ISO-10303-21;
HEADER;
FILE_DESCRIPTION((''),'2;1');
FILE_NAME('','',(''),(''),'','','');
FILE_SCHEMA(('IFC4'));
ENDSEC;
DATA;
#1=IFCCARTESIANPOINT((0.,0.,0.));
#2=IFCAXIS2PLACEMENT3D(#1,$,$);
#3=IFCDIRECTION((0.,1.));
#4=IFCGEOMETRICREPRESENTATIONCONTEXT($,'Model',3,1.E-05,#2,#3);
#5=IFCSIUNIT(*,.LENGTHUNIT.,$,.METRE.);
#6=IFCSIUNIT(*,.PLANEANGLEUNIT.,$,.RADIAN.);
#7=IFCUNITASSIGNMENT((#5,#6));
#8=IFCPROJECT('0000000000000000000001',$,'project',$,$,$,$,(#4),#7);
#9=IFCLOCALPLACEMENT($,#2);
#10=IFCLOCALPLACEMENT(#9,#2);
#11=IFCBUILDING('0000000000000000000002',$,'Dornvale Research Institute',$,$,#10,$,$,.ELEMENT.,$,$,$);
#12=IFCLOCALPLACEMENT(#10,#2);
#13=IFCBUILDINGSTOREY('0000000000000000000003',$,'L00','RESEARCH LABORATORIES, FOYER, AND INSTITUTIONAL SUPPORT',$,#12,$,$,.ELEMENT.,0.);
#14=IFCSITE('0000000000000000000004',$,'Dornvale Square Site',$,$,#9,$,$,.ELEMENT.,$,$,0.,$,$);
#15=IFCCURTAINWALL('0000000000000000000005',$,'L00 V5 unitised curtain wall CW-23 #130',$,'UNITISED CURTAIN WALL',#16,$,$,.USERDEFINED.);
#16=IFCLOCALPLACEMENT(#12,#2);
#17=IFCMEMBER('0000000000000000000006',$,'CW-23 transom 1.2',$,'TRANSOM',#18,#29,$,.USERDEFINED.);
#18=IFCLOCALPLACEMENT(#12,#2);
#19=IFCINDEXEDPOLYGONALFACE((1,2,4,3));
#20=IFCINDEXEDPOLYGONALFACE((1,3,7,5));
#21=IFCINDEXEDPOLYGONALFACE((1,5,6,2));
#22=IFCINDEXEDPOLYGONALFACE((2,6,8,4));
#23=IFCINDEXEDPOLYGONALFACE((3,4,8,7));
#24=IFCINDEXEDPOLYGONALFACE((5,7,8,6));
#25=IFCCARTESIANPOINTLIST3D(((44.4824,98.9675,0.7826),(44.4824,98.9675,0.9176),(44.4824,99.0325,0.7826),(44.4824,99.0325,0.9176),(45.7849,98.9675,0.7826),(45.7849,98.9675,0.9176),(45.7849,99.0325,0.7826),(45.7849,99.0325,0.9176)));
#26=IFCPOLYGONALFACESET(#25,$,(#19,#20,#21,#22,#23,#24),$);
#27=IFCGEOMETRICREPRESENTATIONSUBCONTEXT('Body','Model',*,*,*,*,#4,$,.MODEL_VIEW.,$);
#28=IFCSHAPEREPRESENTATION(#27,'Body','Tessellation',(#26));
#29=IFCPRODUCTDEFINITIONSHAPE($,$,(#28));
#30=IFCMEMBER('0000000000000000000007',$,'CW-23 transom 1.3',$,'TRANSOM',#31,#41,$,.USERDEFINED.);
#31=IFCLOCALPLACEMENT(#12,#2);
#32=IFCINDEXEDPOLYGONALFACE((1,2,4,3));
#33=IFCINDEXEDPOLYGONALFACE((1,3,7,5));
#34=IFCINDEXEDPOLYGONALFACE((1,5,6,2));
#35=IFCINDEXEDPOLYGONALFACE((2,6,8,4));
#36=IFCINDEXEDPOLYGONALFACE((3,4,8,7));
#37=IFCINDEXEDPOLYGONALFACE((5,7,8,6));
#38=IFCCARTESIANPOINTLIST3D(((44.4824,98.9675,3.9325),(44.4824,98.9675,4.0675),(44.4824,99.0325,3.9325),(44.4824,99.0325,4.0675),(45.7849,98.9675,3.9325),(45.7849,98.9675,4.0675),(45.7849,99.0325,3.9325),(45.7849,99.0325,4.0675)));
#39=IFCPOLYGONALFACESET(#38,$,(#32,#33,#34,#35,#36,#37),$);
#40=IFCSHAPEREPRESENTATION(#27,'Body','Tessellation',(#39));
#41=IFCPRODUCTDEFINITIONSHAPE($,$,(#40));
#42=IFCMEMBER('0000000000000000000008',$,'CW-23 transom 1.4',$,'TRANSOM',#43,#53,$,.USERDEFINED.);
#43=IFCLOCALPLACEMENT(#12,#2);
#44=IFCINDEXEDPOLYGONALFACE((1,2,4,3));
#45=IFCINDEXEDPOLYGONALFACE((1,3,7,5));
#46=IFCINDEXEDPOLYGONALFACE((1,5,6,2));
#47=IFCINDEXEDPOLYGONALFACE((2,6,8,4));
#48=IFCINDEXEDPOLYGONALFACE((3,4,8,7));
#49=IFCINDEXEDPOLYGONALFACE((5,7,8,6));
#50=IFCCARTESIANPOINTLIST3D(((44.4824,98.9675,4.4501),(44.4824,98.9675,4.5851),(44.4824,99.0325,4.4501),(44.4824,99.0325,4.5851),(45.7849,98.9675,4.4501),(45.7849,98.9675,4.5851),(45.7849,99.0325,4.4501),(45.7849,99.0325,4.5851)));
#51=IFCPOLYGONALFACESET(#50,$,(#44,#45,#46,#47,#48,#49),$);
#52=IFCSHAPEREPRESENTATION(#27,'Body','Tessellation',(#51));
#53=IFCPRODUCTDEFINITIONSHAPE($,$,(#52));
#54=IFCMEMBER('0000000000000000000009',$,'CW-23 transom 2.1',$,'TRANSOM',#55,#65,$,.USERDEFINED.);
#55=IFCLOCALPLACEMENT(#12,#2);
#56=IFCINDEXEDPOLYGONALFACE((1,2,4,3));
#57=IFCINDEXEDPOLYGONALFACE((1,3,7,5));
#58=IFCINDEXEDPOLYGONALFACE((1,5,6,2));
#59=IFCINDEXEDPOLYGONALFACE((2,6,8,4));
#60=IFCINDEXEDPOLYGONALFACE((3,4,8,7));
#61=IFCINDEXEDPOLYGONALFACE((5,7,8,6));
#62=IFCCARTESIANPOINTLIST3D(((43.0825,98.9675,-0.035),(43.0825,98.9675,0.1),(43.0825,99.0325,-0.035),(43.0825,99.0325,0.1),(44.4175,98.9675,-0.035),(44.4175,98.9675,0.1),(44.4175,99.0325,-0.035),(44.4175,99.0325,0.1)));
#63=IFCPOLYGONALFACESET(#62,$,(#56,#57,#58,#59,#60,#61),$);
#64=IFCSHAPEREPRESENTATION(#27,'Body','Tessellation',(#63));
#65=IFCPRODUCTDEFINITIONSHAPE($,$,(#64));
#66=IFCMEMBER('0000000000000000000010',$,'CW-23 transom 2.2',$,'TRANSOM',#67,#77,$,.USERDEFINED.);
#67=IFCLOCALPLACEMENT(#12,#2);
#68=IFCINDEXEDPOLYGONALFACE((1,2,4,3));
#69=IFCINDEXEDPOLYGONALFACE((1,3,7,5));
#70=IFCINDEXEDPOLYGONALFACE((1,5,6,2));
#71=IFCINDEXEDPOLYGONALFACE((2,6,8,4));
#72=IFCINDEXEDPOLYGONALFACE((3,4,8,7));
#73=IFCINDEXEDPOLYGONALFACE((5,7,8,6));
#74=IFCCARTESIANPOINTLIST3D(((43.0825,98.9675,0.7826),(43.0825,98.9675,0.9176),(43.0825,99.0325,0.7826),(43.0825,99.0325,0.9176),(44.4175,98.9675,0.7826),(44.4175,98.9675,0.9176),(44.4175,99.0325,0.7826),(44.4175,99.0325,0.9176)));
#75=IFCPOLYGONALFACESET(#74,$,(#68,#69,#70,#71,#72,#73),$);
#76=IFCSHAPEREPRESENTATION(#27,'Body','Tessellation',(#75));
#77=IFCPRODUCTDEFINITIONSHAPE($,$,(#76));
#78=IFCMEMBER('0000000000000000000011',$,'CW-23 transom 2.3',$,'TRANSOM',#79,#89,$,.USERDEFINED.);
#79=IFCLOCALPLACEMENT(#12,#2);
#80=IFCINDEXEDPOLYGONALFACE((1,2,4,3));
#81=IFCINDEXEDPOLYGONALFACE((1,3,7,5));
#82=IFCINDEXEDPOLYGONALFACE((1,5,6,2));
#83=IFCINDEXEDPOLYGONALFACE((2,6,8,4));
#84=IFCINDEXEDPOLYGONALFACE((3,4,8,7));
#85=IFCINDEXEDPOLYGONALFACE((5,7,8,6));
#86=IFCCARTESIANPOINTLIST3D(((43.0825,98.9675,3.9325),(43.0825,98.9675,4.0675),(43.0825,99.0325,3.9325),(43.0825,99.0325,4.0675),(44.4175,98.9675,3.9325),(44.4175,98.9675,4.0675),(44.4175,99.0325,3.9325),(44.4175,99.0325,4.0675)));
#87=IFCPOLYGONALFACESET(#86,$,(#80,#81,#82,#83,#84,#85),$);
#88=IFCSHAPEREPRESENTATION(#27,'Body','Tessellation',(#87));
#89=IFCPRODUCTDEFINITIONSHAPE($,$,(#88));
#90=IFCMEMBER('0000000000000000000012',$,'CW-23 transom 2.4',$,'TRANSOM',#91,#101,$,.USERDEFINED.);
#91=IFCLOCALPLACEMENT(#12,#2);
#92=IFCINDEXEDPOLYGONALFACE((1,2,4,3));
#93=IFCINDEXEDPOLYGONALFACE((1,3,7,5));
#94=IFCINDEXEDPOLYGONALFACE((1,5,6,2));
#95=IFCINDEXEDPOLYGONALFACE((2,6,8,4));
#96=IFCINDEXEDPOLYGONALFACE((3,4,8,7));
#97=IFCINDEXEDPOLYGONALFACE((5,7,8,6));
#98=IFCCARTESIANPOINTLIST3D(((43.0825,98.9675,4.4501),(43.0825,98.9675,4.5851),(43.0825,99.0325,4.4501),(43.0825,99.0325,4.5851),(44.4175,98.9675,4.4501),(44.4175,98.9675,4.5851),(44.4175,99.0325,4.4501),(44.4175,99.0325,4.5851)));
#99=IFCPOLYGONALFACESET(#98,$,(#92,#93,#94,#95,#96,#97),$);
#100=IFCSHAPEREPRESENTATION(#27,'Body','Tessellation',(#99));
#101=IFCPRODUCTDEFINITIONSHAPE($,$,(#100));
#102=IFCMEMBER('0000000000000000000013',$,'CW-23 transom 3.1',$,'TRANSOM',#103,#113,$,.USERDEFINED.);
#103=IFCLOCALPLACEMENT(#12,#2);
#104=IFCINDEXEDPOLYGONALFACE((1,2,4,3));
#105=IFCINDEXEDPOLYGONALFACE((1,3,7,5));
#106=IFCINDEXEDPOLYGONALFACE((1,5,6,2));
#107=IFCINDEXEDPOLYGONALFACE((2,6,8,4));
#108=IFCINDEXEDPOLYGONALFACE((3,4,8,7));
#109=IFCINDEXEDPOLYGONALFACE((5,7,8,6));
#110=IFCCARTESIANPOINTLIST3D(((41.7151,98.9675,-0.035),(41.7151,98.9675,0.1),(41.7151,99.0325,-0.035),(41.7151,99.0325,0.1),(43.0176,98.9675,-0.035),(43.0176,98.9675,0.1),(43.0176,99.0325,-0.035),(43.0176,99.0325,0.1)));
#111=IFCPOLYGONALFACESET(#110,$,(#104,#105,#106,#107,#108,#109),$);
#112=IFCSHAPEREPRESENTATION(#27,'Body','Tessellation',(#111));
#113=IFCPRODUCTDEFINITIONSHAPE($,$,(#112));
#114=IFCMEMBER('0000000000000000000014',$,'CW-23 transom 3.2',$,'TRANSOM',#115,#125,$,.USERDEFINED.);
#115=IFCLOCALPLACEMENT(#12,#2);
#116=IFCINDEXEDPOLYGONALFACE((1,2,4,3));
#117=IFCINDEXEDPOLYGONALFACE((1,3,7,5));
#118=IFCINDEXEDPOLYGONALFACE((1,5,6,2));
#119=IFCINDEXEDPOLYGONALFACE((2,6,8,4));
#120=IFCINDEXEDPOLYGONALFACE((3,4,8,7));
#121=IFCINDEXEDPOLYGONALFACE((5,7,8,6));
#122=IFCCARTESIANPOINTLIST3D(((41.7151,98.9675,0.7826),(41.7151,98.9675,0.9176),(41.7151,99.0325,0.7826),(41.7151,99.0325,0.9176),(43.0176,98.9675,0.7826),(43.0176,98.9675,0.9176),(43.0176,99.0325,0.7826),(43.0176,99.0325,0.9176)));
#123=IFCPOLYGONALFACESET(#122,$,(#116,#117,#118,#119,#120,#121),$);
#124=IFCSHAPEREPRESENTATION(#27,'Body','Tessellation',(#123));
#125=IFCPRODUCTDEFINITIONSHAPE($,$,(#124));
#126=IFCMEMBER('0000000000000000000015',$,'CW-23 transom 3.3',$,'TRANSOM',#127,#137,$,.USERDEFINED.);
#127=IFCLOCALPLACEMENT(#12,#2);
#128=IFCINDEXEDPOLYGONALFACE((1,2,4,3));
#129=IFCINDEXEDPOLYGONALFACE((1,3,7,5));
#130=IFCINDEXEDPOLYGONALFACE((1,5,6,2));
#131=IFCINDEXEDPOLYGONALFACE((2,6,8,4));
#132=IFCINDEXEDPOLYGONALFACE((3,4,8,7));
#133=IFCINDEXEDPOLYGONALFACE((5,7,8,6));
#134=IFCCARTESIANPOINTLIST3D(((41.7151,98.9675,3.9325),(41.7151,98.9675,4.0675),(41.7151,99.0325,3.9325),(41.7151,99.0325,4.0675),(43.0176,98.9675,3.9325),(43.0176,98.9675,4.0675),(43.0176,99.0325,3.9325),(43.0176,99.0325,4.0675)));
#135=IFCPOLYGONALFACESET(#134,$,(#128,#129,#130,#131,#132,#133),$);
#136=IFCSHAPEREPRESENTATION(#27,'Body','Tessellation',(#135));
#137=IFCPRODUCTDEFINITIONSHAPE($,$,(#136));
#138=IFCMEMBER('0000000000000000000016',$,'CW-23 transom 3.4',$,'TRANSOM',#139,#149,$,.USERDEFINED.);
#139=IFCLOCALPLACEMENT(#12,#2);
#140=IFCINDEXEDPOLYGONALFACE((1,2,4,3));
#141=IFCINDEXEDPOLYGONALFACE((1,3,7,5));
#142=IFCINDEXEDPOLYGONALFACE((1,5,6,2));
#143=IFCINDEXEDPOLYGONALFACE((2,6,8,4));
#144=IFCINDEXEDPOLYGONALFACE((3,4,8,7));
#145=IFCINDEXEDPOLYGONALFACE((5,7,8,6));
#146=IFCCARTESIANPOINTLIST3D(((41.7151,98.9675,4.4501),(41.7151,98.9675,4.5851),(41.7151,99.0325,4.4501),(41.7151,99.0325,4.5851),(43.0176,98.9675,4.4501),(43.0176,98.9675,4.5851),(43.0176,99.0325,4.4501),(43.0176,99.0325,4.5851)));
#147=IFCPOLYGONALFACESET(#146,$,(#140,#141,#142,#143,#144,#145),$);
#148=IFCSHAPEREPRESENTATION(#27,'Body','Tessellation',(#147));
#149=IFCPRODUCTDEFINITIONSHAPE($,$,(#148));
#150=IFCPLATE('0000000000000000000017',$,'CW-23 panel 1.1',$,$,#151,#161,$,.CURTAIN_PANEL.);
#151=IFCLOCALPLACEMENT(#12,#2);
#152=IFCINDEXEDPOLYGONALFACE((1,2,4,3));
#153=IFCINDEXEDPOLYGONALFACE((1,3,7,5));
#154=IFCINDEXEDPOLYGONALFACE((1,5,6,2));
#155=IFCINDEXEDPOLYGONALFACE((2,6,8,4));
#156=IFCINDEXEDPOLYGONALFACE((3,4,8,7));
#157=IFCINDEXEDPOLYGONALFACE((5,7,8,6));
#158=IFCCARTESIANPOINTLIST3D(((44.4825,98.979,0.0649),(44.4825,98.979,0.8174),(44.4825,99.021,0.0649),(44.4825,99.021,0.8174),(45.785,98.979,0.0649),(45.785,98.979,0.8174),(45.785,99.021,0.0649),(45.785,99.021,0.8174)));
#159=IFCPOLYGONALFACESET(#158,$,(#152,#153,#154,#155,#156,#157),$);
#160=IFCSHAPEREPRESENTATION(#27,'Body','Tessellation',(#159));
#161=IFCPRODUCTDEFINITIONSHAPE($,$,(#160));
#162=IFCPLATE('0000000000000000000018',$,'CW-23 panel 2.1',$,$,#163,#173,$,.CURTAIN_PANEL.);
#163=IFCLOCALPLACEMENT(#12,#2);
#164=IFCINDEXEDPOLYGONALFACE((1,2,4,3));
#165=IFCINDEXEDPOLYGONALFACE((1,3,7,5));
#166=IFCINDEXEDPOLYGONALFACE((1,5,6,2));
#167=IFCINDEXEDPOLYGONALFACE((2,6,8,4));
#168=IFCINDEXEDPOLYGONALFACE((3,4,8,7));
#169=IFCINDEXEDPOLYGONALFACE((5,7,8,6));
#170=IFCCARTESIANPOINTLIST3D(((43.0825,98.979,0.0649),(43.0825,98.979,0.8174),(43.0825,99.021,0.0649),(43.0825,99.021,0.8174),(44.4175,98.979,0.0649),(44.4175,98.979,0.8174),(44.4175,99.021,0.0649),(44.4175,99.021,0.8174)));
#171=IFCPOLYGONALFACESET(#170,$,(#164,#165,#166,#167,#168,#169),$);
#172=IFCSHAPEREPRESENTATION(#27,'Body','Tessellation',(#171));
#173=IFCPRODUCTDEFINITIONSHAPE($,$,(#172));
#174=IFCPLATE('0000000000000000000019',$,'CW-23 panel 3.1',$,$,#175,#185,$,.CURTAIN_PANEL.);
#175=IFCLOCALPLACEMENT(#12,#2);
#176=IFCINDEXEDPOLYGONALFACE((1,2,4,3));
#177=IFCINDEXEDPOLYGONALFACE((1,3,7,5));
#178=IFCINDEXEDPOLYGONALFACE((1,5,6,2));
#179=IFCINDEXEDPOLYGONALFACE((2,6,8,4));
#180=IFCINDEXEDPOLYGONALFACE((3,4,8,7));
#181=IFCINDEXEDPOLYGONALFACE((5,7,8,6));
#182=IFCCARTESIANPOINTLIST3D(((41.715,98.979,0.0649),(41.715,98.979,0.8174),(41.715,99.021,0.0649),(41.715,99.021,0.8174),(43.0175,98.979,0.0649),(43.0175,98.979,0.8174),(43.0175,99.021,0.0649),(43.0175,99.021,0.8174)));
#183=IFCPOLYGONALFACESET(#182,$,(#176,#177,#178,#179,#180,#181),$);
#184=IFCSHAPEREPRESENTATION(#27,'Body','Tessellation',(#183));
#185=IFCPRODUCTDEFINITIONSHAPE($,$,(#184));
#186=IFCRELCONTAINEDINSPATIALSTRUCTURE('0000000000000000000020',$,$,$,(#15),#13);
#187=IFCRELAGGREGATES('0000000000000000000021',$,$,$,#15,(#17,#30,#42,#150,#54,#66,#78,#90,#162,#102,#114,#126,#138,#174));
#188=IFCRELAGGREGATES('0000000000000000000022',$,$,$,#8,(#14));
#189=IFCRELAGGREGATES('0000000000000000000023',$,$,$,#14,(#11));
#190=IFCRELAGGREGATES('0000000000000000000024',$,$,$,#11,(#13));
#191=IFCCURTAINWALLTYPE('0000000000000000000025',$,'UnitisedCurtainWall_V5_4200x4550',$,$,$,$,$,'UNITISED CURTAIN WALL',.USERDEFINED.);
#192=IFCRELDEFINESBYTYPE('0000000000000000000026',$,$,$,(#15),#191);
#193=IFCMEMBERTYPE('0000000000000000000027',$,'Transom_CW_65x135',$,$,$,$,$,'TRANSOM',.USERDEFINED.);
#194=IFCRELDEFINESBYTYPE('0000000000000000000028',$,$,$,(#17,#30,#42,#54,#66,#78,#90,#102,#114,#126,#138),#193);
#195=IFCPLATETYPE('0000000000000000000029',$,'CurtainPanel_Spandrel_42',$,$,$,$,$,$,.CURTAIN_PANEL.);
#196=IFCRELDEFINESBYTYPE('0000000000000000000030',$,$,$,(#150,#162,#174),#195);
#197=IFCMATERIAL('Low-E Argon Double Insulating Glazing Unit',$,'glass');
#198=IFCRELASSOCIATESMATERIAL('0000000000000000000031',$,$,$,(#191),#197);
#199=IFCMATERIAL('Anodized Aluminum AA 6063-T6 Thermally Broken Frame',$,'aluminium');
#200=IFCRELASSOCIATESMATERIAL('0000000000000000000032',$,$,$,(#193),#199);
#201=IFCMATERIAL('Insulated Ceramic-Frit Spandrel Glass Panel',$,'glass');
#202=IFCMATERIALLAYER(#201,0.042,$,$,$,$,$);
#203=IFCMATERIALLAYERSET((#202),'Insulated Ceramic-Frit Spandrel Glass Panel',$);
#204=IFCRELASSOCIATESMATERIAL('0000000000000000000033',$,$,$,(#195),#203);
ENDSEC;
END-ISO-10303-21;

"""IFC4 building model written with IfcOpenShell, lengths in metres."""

from ifc_helpers import new_model, si_unit, direction, frame, origin, origin_2d, place, context, subcontext, project, spatial, rectangle, extrude, material, layer, layer_set, material_profile, profile_set, type_object, element, aggregate, save


model = new_model("IFC4")

# Units and contexts
model_context = context("Model", 3, precision=1e-05, world=origin(), true_north=direction((0.0, 1.0)))
body_context = subcontext(model_context, "Body", "Model", "MODEL_VIEW")
ifc_project = project(units=[si_unit("LENGTHUNIT", "METRE"), si_unit("PLANEANGLEUNIT", "RADIAN")], contexts=[model_context])

# Site, building, storey
site_placement = place(None, origin())
site = spatial("IfcSite", under=ifc_project, at=site_placement, Name="Dornvale Square Site", CompositionType="ELEMENT", RefElevation=0.0)
building_placement = place(site_placement, origin())
building = spatial("IfcBuilding", under=site, at=building_placement, Name="Dornvale Research Institute", CompositionType="ELEMENT")
storey_placement = place(building_placement, origin())
storey = spatial("IfcBuildingStorey", under=building, at=storey_placement, Name="L00", Description="RESEARCH LABORATORIES, FOYER, AND INSTITUTIONAL SUPPORT", CompositionType="ELEMENT", Elevation=0.0)

# Curtain wall, members, plates
ifc_material_1 = material(Name="Low-E Argon Double Insulating Glazing Unit", Category="glass")
curtain_wall_type = type_object("IfcCurtainWallType", Name="UnitisedCurtainWall_V5_4200x4550", ElementType="UNITISED CURTAIN WALL", PredefinedType="USERDEFINED", material=ifc_material_1)
curtain_wall_placement = place(storey_placement, origin())
curtain_wall = element("IfcCurtainWall", 1, at=curtain_wall_placement, inside=storey, type_object=curtain_wall_type, Name="L00 V5 unitised curtain wall CW-23 #130", ObjectType="UNITISED CURTAIN WALL", PredefinedType="USERDEFINED")
ifc_material_2 = material(Name="Anodized Aluminum AA 6063-T6 Thermally Broken Frame", Category="aluminium")
ifc_material_profile_1 = material_profile(ifc_material_2, rectangle(XDim=0.0649, YDim=0.135, at=origin_2d()), Name="ALU TRANSOM 65x135")
ifc_profile_set_1 = profile_set([ifc_material_profile_1], Name="Anodized Aluminum AA 6063-T6 Thermally Broken Frame")
member_type_1 = type_object("IfcMemberType", Name="Transom_CW_65x135", ElementType="TRANSOM", PredefinedType="USERDEFINED", material=ifc_profile_set_1)
member_1_placement = place(storey_placement, frame((45.7849, 99.0, 0.8501), z_axis=(-1.0, 0.0, 0.0), x_axis=(0.0, -1.0, 0.0)))
member_1 = element("IfcMember", 2, at=member_1_placement, type_object=member_type_1, Name="CW-23 transom 1.2", ObjectType="TRANSOM", PredefinedType="USERDEFINED", context=body_context, shape_type="SweptSolid", body=[
    extrude(rectangle(XDim=0.0649, YDim=0.135, at=origin_2d()), origin(), (0.0, 0.0, 1.0), 1.3025),
])
member_2_placement = place(storey_placement, frame((45.7849, 99.0, 4.0), z_axis=(-1.0, 0.0, 0.0), x_axis=(0.0, -1.0, 0.0)))
member_2 = element("IfcMember", 3, at=member_2_placement, type_object=member_type_1, Name="CW-23 transom 1.3", ObjectType="TRANSOM", PredefinedType="USERDEFINED", context=body_context, shape_type="SweptSolid", body=[
    extrude(rectangle(XDim=0.0649, YDim=0.135, at=origin_2d()), origin(), (0.0, 0.0, 1.0), 1.3025),
])
member_3_placement = place(storey_placement, frame((45.7849, 99.0, 4.5176), z_axis=(-1.0, 0.0, 0.0), x_axis=(0.0, -1.0, 0.0)))
member_3 = element("IfcMember", 4, at=member_3_placement, type_object=member_type_1, Name="CW-23 transom 1.4", ObjectType="TRANSOM", PredefinedType="USERDEFINED", context=body_context, shape_type="SweptSolid", body=[
    extrude(rectangle(XDim=0.0649, YDim=0.135, at=origin_2d()), origin(), (0.0, 0.0, 1.0), 1.3025),
])
member_4_placement = place(storey_placement, frame((44.4175, 99.0, 0.0325), z_axis=(-1.0, 0.0, 0.0), x_axis=(0.0, -1.0, 0.0)))
member_4 = element("IfcMember", 5, at=member_4_placement, type_object=member_type_1, Name="CW-23 transom 2.1", ObjectType="TRANSOM", PredefinedType="USERDEFINED", context=body_context, shape_type="SweptSolid", body=[
    extrude(rectangle(XDim=0.0649, YDim=0.135, at=origin_2d()), origin(), (0.0, 0.0, 1.0), 1.335),
])
member_5_placement = place(storey_placement, frame((44.4175, 99.0, 0.8501), z_axis=(-1.0, 0.0, 0.0), x_axis=(0.0, -1.0, 0.0)))
member_5 = element("IfcMember", 6, at=member_5_placement, type_object=member_type_1, Name="CW-23 transom 2.2", ObjectType="TRANSOM", PredefinedType="USERDEFINED", context=body_context, shape_type="SweptSolid", body=[
    extrude(rectangle(XDim=0.0649, YDim=0.135, at=origin_2d()), origin(), (0.0, 0.0, 1.0), 1.335),
])
member_6_placement = place(storey_placement, frame((44.4175, 99.0, 4.0), z_axis=(-1.0, 0.0, 0.0), x_axis=(0.0, -1.0, 0.0)))
member_6 = element("IfcMember", 7, at=member_6_placement, type_object=member_type_1, Name="CW-23 transom 2.3", ObjectType="TRANSOM", PredefinedType="USERDEFINED", context=body_context, shape_type="SweptSolid", body=[
    extrude(rectangle(XDim=0.0649, YDim=0.135, at=origin_2d()), origin(), (0.0, 0.0, 1.0), 1.335),
])
member_7_placement = place(storey_placement, frame((44.4175, 99.0, 4.5176), z_axis=(-1.0, 0.0, 0.0), x_axis=(0.0, -1.0, 0.0)))
member_7 = element("IfcMember", 8, at=member_7_placement, type_object=member_type_1, Name="CW-23 transom 2.4", ObjectType="TRANSOM", PredefinedType="USERDEFINED", context=body_context, shape_type="SweptSolid", body=[
    extrude(rectangle(XDim=0.0649, YDim=0.135, at=origin_2d()), origin(), (0.0, 0.0, 1.0), 1.335),
])
member_8_placement = place(storey_placement, frame((43.0176, 99.0, 0.0325), z_axis=(-1.0, 0.0, 0.0), x_axis=(0.0, -1.0, 0.0)))
member_8 = element("IfcMember", 9, at=member_8_placement, type_object=member_type_1, Name="CW-23 transom 3.1", ObjectType="TRANSOM", PredefinedType="USERDEFINED", context=body_context, shape_type="SweptSolid", body=[
    extrude(rectangle(XDim=0.0649, YDim=0.135, at=origin_2d()), origin(), (0.0, 0.0, 1.0), 1.3025),
])
member_9_placement = place(storey_placement, frame((43.0176, 99.0, 0.8501), z_axis=(-1.0, 0.0, 0.0), x_axis=(0.0, -1.0, 0.0)))
member_9 = element("IfcMember", 10, at=member_9_placement, type_object=member_type_1, Name="CW-23 transom 3.2", ObjectType="TRANSOM", PredefinedType="USERDEFINED", context=body_context, shape_type="SweptSolid", body=[
    extrude(rectangle(XDim=0.0649, YDim=0.135, at=origin_2d()), origin(), (0.0, 0.0, 1.0), 1.3025),
])
member_10_placement = place(storey_placement, frame((43.0176, 99.0, 4.0), z_axis=(-1.0, 0.0, 0.0), x_axis=(0.0, -1.0, 0.0)))
member_10 = element("IfcMember", 11, at=member_10_placement, type_object=member_type_1, Name="CW-23 transom 3.3", ObjectType="TRANSOM", PredefinedType="USERDEFINED", context=body_context, shape_type="SweptSolid", body=[
    extrude(rectangle(XDim=0.0649, YDim=0.135, at=origin_2d()), origin(), (0.0, 0.0, 1.0), 1.3025),
])
member_11_placement = place(storey_placement, frame((43.0176, 99.0, 4.5176), z_axis=(-1.0, 0.0, 0.0), x_axis=(0.0, -1.0, 0.0)))
member_11 = element("IfcMember", 12, at=member_11_placement, type_object=member_type_1, Name="CW-23 transom 3.4", ObjectType="TRANSOM", PredefinedType="USERDEFINED", context=body_context, shape_type="SweptSolid", body=[
    extrude(rectangle(XDim=0.0649, YDim=0.135, at=origin_2d()), origin(), (0.0, 0.0, 1.0), 1.3025),
])
ifc_material_3 = material(Name="Insulated Ceramic-Frit Spandrel Glass Panel", Category="glass")
ifc_layer_1 = layer(ifc_material_3, 0.042)
ifc_layer_set_1 = layer_set([ifc_layer_1], Name="Insulated Ceramic-Frit Spandrel Glass Panel")
plate_type_1 = type_object("IfcPlateType", Name="CurtainPanel_Spandrel_42", PredefinedType="CURTAIN_PANEL", material=ifc_layer_set_1)
plate_1_placement = place(storey_placement, frame((45.1338, 99.0, 0.0649), z_axis=(0.0, 0.0, 1.0), x_axis=(-1.0, 0.0, 0.0)))
plate_1 = element("IfcPlate", 13, at=plate_1_placement, type_object=plate_type_1, Name="CW-23 panel 1.1", PredefinedType="CURTAIN_PANEL", context=body_context, shape_type="SweptSolid", body=[
    extrude(rectangle(XDim=1.3025, YDim=0.042, at=origin_2d()), origin(), (0.0, 0.0, 1.0), 0.7524),
])
plate_2_placement = place(storey_placement, frame((43.75, 99.0, 0.0649), z_axis=(0.0, 0.0, 1.0), x_axis=(-1.0, 0.0, 0.0)))
plate_2 = element("IfcPlate", 14, at=plate_2_placement, type_object=plate_type_1, Name="CW-23 panel 2.1", PredefinedType="CURTAIN_PANEL", context=body_context, shape_type="SweptSolid", body=[
    extrude(rectangle(XDim=1.335, YDim=0.042, at=origin_2d()), origin(), (0.0, 0.0, 1.0), 0.7524),
])
plate_3_placement = place(storey_placement, frame((42.3662, 99.0, 0.0649), z_axis=(0.0, 0.0, 1.0), x_axis=(-1.0, 0.0, 0.0)))
plate_3 = element("IfcPlate", 15, at=plate_3_placement, type_object=plate_type_1, Name="CW-23 panel 3.1", PredefinedType="CURTAIN_PANEL", context=body_context, shape_type="SweptSolid", body=[
    extrude(rectangle(XDim=1.3025, YDim=0.042, at=origin_2d()), origin(), (0.0, 0.0, 1.0), 0.7524),
])
aggregate(curtain_wall, [member_1, member_2, member_3, plate_1, member_4, member_5, member_6, member_7, plate_2, member_8, member_9, member_10, member_11, plate_3])

save(model, "model.ifc")
